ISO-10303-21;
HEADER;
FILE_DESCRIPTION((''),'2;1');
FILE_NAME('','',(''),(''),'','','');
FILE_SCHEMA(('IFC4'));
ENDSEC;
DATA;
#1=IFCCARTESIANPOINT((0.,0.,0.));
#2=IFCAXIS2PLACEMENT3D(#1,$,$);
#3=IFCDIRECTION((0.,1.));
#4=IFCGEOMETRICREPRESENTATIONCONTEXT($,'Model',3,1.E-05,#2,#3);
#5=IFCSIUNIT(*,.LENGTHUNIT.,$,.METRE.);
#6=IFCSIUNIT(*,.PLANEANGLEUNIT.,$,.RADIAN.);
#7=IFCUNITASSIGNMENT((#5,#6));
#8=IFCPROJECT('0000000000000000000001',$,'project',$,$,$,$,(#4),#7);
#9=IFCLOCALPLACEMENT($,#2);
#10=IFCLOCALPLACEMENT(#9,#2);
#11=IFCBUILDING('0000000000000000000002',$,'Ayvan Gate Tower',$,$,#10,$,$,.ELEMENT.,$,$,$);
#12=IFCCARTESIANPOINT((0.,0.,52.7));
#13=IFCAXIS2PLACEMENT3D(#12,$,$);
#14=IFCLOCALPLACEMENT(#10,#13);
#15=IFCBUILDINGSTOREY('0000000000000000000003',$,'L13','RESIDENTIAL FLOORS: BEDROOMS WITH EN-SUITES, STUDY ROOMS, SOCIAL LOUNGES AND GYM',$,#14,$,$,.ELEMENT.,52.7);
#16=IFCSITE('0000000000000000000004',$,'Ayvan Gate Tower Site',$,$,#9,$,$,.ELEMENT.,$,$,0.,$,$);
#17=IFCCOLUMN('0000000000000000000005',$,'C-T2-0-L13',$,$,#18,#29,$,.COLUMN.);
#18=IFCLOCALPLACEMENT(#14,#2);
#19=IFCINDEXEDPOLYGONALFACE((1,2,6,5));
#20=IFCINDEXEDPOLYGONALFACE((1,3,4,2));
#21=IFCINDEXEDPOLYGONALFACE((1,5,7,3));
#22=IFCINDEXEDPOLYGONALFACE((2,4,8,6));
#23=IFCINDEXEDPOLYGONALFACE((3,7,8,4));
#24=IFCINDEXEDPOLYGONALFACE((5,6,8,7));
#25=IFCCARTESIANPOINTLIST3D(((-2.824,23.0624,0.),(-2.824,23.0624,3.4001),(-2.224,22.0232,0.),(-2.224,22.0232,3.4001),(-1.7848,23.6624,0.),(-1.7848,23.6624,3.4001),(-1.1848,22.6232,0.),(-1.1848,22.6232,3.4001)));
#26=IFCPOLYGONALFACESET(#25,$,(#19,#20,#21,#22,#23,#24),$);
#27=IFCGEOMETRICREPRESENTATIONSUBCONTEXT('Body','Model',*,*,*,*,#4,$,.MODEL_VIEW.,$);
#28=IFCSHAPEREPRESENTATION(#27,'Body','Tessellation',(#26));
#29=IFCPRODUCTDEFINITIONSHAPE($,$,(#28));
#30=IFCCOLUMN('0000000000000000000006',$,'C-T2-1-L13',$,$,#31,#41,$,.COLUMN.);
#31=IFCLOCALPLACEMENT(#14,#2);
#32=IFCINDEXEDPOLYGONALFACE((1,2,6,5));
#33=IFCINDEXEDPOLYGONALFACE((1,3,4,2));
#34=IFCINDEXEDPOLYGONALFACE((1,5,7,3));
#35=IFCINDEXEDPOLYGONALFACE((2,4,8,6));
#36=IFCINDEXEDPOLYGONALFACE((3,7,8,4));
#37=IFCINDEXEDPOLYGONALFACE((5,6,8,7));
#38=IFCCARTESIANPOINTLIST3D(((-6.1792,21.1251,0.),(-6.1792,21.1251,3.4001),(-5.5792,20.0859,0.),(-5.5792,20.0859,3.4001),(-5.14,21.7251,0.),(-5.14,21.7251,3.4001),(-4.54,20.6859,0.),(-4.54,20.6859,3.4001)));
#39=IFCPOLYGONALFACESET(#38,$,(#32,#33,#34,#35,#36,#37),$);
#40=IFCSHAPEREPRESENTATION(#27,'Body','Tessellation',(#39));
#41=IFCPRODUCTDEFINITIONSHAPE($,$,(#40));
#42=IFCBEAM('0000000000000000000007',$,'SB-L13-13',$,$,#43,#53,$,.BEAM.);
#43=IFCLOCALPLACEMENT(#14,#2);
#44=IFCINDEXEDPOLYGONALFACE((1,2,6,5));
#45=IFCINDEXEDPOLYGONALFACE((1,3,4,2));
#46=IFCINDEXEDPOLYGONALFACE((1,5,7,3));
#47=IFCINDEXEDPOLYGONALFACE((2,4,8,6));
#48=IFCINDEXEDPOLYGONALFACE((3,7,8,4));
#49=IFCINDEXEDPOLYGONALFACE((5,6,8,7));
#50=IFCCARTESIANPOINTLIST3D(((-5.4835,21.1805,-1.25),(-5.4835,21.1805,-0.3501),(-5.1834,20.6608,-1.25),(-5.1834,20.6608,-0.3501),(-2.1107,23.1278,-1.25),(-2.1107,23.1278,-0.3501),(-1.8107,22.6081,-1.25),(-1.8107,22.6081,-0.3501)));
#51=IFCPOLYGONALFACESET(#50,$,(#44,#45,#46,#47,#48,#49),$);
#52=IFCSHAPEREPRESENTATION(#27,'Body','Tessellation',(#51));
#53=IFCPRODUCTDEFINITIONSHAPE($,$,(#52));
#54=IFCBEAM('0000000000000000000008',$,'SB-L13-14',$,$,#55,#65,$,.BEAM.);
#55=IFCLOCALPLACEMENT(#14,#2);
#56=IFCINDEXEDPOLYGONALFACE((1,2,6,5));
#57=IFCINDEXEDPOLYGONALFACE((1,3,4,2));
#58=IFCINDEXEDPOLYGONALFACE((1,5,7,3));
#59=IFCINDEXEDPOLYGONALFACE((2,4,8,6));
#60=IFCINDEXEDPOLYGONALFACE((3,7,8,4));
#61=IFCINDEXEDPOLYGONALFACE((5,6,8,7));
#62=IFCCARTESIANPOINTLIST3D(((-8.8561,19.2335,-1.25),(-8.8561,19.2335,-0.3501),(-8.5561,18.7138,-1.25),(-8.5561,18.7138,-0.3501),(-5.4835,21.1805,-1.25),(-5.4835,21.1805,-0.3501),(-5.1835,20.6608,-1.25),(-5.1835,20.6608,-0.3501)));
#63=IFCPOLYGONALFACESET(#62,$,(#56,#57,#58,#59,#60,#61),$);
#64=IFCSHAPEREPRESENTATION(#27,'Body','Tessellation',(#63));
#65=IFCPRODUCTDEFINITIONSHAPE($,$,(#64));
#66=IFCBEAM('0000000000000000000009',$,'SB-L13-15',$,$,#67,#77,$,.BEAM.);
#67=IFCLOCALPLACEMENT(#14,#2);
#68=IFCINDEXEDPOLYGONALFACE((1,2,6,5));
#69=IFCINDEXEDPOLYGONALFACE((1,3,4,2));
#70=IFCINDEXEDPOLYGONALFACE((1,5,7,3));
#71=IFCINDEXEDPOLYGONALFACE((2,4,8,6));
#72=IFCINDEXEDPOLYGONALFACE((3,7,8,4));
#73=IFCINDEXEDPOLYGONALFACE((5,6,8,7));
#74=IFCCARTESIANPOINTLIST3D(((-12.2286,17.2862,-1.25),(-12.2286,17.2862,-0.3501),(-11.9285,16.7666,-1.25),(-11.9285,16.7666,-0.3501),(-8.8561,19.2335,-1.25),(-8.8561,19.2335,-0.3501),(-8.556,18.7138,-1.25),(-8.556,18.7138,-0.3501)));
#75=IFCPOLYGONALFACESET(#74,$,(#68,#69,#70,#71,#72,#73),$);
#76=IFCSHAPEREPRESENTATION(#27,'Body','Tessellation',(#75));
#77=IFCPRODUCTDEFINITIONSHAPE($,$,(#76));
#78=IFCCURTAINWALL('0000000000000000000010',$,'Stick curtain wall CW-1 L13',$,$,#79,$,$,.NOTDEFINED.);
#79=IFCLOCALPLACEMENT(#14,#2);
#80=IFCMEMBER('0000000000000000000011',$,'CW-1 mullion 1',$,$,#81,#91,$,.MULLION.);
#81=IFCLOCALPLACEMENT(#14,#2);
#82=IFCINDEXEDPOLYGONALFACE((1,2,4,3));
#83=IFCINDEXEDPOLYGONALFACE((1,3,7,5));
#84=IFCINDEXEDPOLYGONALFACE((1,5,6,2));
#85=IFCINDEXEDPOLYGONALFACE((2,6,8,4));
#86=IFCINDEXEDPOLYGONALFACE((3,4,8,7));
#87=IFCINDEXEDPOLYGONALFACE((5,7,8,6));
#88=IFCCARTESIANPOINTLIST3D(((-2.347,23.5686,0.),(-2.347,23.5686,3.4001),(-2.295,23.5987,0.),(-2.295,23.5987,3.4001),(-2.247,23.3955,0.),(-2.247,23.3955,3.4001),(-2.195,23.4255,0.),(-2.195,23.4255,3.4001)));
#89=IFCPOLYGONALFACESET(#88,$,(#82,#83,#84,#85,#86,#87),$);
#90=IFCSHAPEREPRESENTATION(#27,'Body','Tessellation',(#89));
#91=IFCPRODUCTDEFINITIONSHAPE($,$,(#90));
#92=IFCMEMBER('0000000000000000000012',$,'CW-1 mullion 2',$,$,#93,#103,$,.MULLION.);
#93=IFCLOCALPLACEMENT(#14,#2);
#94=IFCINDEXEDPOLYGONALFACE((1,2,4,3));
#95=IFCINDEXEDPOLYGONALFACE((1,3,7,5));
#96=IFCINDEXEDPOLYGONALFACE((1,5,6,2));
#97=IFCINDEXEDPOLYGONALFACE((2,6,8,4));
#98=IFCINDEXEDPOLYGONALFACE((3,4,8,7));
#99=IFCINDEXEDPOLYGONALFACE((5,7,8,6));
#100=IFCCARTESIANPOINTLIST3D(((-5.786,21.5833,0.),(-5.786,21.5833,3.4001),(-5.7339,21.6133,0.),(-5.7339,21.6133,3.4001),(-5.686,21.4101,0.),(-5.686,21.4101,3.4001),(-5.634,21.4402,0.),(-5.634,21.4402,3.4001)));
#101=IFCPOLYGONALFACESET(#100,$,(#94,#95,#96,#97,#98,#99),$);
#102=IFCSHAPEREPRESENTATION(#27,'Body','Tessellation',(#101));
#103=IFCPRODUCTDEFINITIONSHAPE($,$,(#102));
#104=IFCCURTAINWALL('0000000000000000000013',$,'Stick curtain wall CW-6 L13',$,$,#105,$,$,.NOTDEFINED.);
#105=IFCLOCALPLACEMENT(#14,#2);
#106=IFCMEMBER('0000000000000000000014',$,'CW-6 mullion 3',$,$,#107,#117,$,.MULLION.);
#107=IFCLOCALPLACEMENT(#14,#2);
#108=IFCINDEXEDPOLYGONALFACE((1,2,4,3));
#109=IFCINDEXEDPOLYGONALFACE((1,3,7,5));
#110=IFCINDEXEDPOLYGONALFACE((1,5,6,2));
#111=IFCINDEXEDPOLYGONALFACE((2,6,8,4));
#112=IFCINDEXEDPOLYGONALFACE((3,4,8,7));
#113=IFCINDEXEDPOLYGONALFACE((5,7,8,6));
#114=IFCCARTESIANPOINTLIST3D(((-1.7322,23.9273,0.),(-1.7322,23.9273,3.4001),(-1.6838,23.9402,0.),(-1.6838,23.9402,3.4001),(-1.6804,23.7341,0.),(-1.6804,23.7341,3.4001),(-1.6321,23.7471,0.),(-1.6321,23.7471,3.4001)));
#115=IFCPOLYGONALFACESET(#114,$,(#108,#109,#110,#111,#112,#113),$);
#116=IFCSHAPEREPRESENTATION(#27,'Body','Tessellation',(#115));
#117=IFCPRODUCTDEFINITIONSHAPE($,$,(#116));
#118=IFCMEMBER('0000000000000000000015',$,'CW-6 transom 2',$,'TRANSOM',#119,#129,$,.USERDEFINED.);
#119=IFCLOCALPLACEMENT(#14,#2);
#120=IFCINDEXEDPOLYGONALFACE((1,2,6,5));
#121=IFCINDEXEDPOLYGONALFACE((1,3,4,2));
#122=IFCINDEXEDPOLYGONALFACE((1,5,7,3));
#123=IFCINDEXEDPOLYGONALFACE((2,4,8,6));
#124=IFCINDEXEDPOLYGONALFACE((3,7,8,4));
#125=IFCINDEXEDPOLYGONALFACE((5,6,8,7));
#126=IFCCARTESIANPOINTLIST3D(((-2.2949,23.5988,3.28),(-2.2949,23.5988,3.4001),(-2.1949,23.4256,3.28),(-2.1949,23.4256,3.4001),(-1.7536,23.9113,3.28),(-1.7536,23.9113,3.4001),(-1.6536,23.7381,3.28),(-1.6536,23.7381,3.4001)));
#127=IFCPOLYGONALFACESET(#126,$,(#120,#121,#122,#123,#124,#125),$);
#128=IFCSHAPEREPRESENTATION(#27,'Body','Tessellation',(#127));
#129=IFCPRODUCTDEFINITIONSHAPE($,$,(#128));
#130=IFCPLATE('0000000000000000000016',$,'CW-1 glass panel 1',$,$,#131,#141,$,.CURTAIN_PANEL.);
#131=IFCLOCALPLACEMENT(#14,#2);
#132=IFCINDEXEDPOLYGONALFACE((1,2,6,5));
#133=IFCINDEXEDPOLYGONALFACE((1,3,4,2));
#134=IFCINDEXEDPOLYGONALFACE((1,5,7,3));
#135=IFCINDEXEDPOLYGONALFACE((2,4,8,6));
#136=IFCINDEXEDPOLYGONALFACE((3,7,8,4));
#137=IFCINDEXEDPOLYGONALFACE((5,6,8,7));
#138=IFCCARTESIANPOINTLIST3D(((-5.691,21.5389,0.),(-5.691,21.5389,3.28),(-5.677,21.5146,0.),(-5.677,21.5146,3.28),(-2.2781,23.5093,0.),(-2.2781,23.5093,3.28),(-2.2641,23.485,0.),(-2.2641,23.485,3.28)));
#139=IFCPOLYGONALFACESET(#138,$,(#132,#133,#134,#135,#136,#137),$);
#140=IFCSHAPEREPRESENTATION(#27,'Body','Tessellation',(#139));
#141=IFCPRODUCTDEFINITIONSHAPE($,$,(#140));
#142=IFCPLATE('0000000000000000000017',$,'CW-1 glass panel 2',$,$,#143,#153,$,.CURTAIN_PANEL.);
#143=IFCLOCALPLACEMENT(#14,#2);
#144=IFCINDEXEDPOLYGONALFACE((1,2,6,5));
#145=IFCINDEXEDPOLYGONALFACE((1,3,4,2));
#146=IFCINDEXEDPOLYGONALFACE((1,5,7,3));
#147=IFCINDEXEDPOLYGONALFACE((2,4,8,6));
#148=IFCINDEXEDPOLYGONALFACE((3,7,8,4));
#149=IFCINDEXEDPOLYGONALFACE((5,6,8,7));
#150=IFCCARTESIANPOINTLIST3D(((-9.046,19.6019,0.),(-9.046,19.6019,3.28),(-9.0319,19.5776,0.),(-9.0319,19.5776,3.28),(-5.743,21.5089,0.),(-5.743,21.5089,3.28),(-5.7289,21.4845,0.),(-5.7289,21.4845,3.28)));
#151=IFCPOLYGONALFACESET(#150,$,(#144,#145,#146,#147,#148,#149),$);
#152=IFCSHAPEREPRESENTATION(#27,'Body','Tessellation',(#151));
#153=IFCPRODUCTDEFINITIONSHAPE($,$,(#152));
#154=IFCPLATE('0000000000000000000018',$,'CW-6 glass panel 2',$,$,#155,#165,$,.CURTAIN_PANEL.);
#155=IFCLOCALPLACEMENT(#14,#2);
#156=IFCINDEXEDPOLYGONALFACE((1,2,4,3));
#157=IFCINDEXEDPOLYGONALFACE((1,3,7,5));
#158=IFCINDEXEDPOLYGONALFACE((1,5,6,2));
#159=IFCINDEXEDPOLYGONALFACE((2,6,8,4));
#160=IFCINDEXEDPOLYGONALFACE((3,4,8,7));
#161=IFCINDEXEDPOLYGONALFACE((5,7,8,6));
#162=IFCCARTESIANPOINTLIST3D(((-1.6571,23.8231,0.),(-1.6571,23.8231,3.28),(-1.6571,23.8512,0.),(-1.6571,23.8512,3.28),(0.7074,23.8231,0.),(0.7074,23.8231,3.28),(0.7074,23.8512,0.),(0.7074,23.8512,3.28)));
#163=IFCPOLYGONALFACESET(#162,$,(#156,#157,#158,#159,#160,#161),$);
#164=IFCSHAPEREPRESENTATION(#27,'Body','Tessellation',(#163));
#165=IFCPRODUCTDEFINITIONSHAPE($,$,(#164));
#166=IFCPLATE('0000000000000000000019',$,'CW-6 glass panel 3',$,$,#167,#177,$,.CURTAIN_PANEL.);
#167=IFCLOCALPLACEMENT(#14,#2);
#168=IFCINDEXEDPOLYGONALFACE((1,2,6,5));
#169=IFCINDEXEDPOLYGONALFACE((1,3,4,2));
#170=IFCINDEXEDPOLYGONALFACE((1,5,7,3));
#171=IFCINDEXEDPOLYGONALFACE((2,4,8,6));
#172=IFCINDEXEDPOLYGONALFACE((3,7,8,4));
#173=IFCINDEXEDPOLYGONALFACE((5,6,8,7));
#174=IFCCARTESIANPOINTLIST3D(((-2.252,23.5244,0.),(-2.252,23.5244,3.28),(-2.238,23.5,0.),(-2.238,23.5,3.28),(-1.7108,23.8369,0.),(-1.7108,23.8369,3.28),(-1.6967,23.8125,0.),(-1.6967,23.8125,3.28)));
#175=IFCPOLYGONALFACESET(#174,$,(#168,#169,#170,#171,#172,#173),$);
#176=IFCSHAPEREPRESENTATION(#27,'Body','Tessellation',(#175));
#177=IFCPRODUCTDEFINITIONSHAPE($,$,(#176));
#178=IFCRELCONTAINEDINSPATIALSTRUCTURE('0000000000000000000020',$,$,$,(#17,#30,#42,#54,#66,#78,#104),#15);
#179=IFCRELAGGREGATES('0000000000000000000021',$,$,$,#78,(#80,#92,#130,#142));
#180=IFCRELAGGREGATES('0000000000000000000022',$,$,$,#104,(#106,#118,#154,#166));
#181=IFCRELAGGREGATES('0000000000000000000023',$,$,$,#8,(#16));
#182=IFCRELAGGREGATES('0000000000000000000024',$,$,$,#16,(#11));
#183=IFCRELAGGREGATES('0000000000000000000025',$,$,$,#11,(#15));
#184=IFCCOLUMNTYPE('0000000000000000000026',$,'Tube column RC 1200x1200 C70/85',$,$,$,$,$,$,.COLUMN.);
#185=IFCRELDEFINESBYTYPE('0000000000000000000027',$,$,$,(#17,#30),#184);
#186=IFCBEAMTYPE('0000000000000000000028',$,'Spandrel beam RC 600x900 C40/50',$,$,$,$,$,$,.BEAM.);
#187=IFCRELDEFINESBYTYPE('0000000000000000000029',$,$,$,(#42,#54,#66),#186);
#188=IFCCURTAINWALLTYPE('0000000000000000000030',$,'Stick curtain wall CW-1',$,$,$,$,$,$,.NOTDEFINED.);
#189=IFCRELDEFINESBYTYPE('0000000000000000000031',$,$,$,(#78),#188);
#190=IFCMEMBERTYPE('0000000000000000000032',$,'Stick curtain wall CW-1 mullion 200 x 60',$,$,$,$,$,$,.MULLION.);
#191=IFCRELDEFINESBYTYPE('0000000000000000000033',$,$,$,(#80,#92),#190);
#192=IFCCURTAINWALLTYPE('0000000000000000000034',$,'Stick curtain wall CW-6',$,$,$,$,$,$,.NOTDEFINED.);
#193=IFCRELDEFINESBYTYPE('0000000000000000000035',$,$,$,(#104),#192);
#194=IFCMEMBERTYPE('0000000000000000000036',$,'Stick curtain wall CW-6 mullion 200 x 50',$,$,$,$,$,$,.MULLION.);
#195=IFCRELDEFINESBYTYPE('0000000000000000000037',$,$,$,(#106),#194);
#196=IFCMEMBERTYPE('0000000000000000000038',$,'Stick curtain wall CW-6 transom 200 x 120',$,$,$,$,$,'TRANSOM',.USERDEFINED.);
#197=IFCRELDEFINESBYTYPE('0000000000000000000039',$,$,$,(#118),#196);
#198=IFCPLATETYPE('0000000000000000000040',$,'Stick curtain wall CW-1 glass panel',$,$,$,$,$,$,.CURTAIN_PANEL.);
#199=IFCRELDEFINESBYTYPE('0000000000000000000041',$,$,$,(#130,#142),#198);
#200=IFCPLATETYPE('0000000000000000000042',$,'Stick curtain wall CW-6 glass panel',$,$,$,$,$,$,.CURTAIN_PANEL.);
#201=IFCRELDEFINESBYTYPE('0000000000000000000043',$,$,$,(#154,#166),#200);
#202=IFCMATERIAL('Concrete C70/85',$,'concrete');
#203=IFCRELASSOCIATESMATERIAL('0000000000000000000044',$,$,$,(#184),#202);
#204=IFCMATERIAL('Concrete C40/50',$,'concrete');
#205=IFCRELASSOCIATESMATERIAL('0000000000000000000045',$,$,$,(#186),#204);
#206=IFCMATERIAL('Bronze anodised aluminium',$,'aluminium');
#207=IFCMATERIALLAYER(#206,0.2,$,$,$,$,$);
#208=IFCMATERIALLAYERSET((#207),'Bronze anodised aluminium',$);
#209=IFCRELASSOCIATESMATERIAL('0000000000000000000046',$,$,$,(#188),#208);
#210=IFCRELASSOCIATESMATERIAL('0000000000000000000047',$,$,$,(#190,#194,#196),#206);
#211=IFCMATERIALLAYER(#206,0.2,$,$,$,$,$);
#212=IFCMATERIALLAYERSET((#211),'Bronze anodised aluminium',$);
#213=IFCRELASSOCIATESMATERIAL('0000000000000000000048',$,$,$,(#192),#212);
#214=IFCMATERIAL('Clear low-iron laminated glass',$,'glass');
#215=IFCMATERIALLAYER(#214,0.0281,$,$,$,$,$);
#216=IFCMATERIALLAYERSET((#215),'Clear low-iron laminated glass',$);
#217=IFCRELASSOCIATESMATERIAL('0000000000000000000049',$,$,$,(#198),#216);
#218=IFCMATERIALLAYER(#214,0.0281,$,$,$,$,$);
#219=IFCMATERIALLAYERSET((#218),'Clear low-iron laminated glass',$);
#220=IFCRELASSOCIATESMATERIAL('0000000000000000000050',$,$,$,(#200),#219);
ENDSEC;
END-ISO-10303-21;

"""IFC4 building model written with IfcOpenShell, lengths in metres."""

from ifc_helpers import new_model, si_unit, direction, frame, origin, origin_2d, place, context, subcontext, project, spatial, rectangle, extrude, material, layer, layer_set, material_profile, profile_set, type_object, element, aggregate, save


model = new_model("IFC4")

# Units and contexts
model_context = context("Model", 3, precision=1e-05, world=origin(), true_north=direction((0.0, 1.0)))
body_context = subcontext(model_context, "Body", "Model", "MODEL_VIEW")
ifc_project = project(units=[si_unit("LENGTHUNIT", "METRE"), si_unit("PLANEANGLEUNIT", "RADIAN")], contexts=[model_context])

# Site, building, storey
site_placement = place(None, origin())
site = spatial("IfcSite", under=ifc_project, at=site_placement, Name="Ayvan Gate Tower Site", CompositionType="ELEMENT", RefElevation=0.0)
building_placement = place(site_placement, origin())
building = spatial("IfcBuilding", under=site, at=building_placement, Name="Ayvan Gate Tower", CompositionType="ELEMENT")
storey_placement = place(building_placement, frame((0.0, 0.0, 52.7)))
storey = spatial("IfcBuildingStorey", under=building, at=storey_placement, Name="L13", Description="RESIDENTIAL FLOORS: BEDROOMS WITH EN-SUITES, STUDY ROOMS, SOCIAL LOUNGES AND GYM", CompositionType="ELEMENT", Elevation=52.7)

# Columns
ifc_material_1 = material(Name="Concrete C70/85", Category="concrete")
ifc_material_profile_1 = material_profile(ifc_material_1, rectangle(XDim=1.2, YDim=1.2, at=origin_2d()), Name="RC 1200x1200")
ifc_profile_set_1 = profile_set([ifc_material_profile_1], Name="Concrete C70/85")
column_type = type_object("IfcColumnType", Name="Tube column RC 1200x1200 C70/85", PredefinedType="COLUMN", material=ifc_profile_set_1)
for number, where, z_axis, x_axis, name in (
    (1, (-2.0044, 22.8428, 0.0), (0.0, 0.0, 1.0), (-0.5, 0.866025, 0.0), "C-T2-0-L13"),
    (2, (-5.3596, 20.9055, 0.0), (0.0, 0.0, 1.0), (-0.5, 0.866025, 0.0), "C-T2-1-L13"),
):
    element("IfcColumn", number, at=place(storey_placement, frame(where, z_axis=z_axis, x_axis=x_axis)), inside=storey, type_object=column_type, Name=name, PredefinedType="COLUMN", context=body_context, shape_type="SweptSolid", body=[
        extrude(rectangle(XDim=1.2, YDim=1.2, at=origin_2d()), origin(), (0.0, 0.0, 1.0), 3.4001),
    ])

# Beams
ifc_material_2 = material(Name="Concrete C40/50", Category="concrete")
ifc_material_profile_2 = material_profile(ifc_material_2, rectangle(XDim=0.6001, YDim=0.8999, at=origin_2d()), Name="RC 600x900")
ifc_profile_set_2 = profile_set([ifc_material_profile_2], Name="Concrete C40/50")
beam_type = type_object("IfcBeamType", Name="Spandrel beam RC 600x900 C40/50", PredefinedType="BEAM", material=ifc_profile_set_2)
beam_placement = place(storey_placement, frame((-1.9607, 22.8679, -0.8), z_axis=(-0.866028, -0.499996, 0.0), x_axis=(0.499996, -0.866028, 0.0)))
element("IfcBeam", 3, at=beam_placement, inside=storey, type_object=beam_type, Name="SB-L13-13", PredefinedType="BEAM", context=body_context, shape_type="SweptSolid", body=[
    extrude(rectangle(XDim=0.6001, YDim=0.8999, at=origin_2d()), origin(), (0.0, 0.0, 1.0), 3.8945),
])
for number, where, z_axis, x_axis, name in (
    (4, (-5.3335, 20.9207, -0.8), (-0.866039, -0.499976, 0.0), (0.499976, -0.866039, 0.0), "SB-L13-14"),
    (5, (-8.7061, 18.9736, -0.8), (-0.866012, -0.500023, 0.0), (0.500023, -0.866012, 0.0), "SB-L13-15"),
):
    element("IfcBeam", number, at=place(storey_placement, frame(where, z_axis=z_axis, x_axis=x_axis)), inside=storey, type_object=beam_type, Name=name, PredefinedType="BEAM", context=body_context, shape_type="SweptSolid", body=[
        extrude(rectangle(XDim=0.6001, YDim=0.8999, at=origin_2d()), origin(), (0.0, 0.0, 1.0), 3.8943),
    ])

# Curtain walls, members
ifc_material_3 = material(Name="Bronze anodised aluminium", Category="aluminium")
ifc_layer_1 = layer(ifc_material_3, 0.2)
ifc_layer_set_1 = layer_set([ifc_layer_1], Name="Bronze anodised aluminium")
curtain_wall_type_1 = type_object("IfcCurtainWallType", Name="Stick curtain wall CW-1", PredefinedType="NOTDEFINED", material=ifc_layer_set_1)
curtain_wall_1_placement = place(storey_placement, origin())
curtain_wall_1 = element("IfcCurtainWall", 6, at=curtain_wall_1_placement, inside=storey, type_object=curtain_wall_type_1, Name="Stick curtain wall CW-1 L13", PredefinedType="NOTDEFINED")
ifc_material_profile_3 = material_profile(ifc_material_3, rectangle(XDim=0.2, YDim=0.0601, at=origin_2d()), Name="Stick curtain wall CW-1 mullion 200 x 60")
ifc_profile_set_3 = profile_set([ifc_material_profile_3], Name="Bronze anodised aluminium")
member_type_1 = type_object("IfcMemberType", Name="Stick curtain wall CW-1 mullion 200 x 60", PredefinedType="MULLION", material=ifc_profile_set_3)
member_1_placement = place(storey_placement, frame((-2.271, 23.4971, 0.0), z_axis=(0.0, 0.0, 1.0), x_axis=(-0.5, 0.866025, 0.0)))
member_1 = element("IfcMember", 7, at=member_1_placement, type_object=member_type_1, Name="CW-1 mullion 1", PredefinedType="MULLION", context=body_context, shape_type="SweptSolid", body=[
    extrude(rectangle(XDim=0.2, YDim=0.0601, at=origin_2d()), origin(), (0.0, 0.0, 1.0), 3.4001),
])
member_2_placement = place(storey_placement, frame((-5.71, 21.5117, 0.0), z_axis=(0.0, 0.0, 1.0), x_axis=(-0.5, 0.866025, 0.0)))
member_2 = element("IfcMember", 8, at=member_2_placement, type_object=member_type_1, Name="CW-1 mullion 2", PredefinedType="MULLION", context=body_context, shape_type="SweptSolid", body=[
    extrude(rectangle(XDim=0.2, YDim=0.0601, at=origin_2d()), origin(), (0.0, 0.0, 1.0), 3.4001),
])
ifc_layer_2 = layer(ifc_material_3, 0.2)
ifc_layer_set_2 = layer_set([ifc_layer_2], Name="Bronze anodised aluminium")
curtain_wall_type_2 = type_object("IfcCurtainWallType", Name="Stick curtain wall CW-6", PredefinedType="NOTDEFINED", material=ifc_layer_set_2)
curtain_wall_2_placement = place(storey_placement, origin())
curtain_wall_2 = element("IfcCurtainWall", 9, at=curtain_wall_2_placement, inside=storey, type_object=curtain_wall_type_2, Name="Stick curtain wall CW-6 L13", PredefinedType="NOTDEFINED")
ifc_material_profile_4 = material_profile(ifc_material_3, rectangle(XDim=0.2, YDim=0.05, at=origin_2d()), Name="Stick curtain wall CW-6 mullion 200 x 50")
ifc_profile_set_4 = profile_set([ifc_material_profile_4], Name="Bronze anodised aluminium")
member_type_2 = type_object("IfcMemberType", Name="Stick curtain wall CW-6 mullion 200 x 50", PredefinedType="MULLION", material=ifc_profile_set_4)
member_3_placement = place(storey_placement, frame((-1.6821, 23.8372, 0.0), z_axis=(0.0, 0.0, 1.0), x_axis=(-0.258819, 0.965926, 0.0)))
member_3 = element("IfcMember", 10, at=member_3_placement, type_object=member_type_2, Name="CW-6 mullion 3", PredefinedType="MULLION", context=body_context, shape_type="SweptSolid", body=[
    extrude(rectangle(XDim=0.2, YDim=0.05, at=origin_2d()), origin(), (0.0, 0.0, 1.0), 3.4001),
])
ifc_material_profile_5 = material_profile(ifc_material_3, rectangle(XDim=0.2, YDim=0.1201, at=origin_2d()), Name="Stick curtain wall CW-6 transom 200 x 120")
ifc_profile_set_5 = profile_set([ifc_material_profile_5], Name="Bronze anodised aluminium")
member_type_3 = type_object("IfcMemberType", Name="Stick curtain wall CW-6 transom 200 x 120", ElementType="TRANSOM", PredefinedType="USERDEFINED", material=ifc_profile_set_5)
member_4_placement = place(storey_placement, frame((-1.7036, 23.8247, 3.3401), z_axis=(-0.866023, -0.500004, 0.0), x_axis=(0.500004, -0.866023, 0.0)))
member_4 = element("IfcMember", 11, at=member_4_placement, type_object=member_type_3, Name="CW-6 transom 2", ObjectType="TRANSOM", PredefinedType="USERDEFINED", context=body_context, shape_type="SweptSolid", body=[
    extrude(rectangle(XDim=0.2, YDim=0.1201, at=origin_2d()), origin(), (0.0, 0.0, 1.0), 0.625),
])

# Plates
ifc_material_4 = material(Name="Clear low-iron laminated glass", Category="glass")
ifc_layer_3 = layer(ifc_material_4, 0.0281)
ifc_layer_set_3 = layer_set([ifc_layer_3], Name="Clear low-iron laminated glass")
plate_type_1 = type_object("IfcPlateType", Name="Stick curtain wall CW-1 glass panel", PredefinedType="CURTAIN_PANEL", material=ifc_layer_set_3)
plate_1_placement = place(storey_placement, frame((-3.9775, 22.512, 0.0), z_axis=(0.0, 0.0, 1.0), x_axis=(-0.866025, -0.5, 0.0)))
plate_1 = element("IfcPlate", 12, at=plate_1_placement, type_object=plate_type_1, Name="CW-1 glass panel 1", PredefinedType="CURTAIN_PANEL", context=body_context, shape_type="SweptSolid", body=[
    extrude(rectangle(XDim=3.9409, YDim=0.0281, at=origin_2d()), origin(), (0.0, 0.0, 1.0), 3.28),
])
plate_2_placement = place(storey_placement, frame((-7.3875, 20.5432, 0.0), z_axis=(0.0, 0.0, 1.0), x_axis=(-0.866025, -0.5, 0.0)))
plate_2 = element("IfcPlate", 13, at=plate_2_placement, type_object=plate_type_1, Name="CW-1 glass panel 2", PredefinedType="CURTAIN_PANEL", context=body_context, shape_type="SweptSolid", body=[
    extrude(rectangle(XDim=3.814, YDim=0.0281, at=origin_2d()), origin(), (0.0, 0.0, 1.0), 3.28),
])
aggregate(curtain_wall_1, [member_1, member_2, plate_1, plate_2])
ifc_layer_4 = layer(ifc_material_4, 0.0281)
ifc_layer_set_4 = layer_set([ifc_layer_4], Name="Clear low-iron laminated glass")
plate_type_2 = type_object("IfcPlateType", Name="Stick curtain wall CW-6 glass panel", PredefinedType="CURTAIN_PANEL", material=ifc_layer_set_4)
plate_3_placement = place(storey_placement, frame((-0.4749, 23.8372, 0.0), z_axis=(0.0, 0.0, 1.0), x_axis=(-1.0, 0.0, 0.0)))
plate_3 = element("IfcPlate", 14, at=plate_3_placement, type_object=plate_type_2, Name="CW-6 glass panel 2", PredefinedType="CURTAIN_PANEL", context=body_context, shape_type="SweptSolid", body=[
    extrude(rectangle(XDim=2.3645, YDim=0.0281, at=origin_2d()), origin(), (0.0, 0.0, 1.0), 3.28),
])
plate_4_placement = place(storey_placement, frame((-1.9744, 23.6685, 0.0), z_axis=(0.0, 0.0, 1.0), x_axis=(-0.866025, -0.5, 0.0)))
plate_4 = element("IfcPlate", 15, at=plate_4_placement, type_object=plate_type_2, Name="CW-6 glass panel 3", PredefinedType="CURTAIN_PANEL", context=body_context, shape_type="SweptSolid", body=[
    extrude(rectangle(XDim=0.625, YDim=0.0281, at=origin_2d()), origin(), (0.0, 0.0, 1.0), 3.28),
])
aggregate(curtain_wall_2, [member_3, member_4, plate_3, plate_4])

save(model, "model.ifc")
